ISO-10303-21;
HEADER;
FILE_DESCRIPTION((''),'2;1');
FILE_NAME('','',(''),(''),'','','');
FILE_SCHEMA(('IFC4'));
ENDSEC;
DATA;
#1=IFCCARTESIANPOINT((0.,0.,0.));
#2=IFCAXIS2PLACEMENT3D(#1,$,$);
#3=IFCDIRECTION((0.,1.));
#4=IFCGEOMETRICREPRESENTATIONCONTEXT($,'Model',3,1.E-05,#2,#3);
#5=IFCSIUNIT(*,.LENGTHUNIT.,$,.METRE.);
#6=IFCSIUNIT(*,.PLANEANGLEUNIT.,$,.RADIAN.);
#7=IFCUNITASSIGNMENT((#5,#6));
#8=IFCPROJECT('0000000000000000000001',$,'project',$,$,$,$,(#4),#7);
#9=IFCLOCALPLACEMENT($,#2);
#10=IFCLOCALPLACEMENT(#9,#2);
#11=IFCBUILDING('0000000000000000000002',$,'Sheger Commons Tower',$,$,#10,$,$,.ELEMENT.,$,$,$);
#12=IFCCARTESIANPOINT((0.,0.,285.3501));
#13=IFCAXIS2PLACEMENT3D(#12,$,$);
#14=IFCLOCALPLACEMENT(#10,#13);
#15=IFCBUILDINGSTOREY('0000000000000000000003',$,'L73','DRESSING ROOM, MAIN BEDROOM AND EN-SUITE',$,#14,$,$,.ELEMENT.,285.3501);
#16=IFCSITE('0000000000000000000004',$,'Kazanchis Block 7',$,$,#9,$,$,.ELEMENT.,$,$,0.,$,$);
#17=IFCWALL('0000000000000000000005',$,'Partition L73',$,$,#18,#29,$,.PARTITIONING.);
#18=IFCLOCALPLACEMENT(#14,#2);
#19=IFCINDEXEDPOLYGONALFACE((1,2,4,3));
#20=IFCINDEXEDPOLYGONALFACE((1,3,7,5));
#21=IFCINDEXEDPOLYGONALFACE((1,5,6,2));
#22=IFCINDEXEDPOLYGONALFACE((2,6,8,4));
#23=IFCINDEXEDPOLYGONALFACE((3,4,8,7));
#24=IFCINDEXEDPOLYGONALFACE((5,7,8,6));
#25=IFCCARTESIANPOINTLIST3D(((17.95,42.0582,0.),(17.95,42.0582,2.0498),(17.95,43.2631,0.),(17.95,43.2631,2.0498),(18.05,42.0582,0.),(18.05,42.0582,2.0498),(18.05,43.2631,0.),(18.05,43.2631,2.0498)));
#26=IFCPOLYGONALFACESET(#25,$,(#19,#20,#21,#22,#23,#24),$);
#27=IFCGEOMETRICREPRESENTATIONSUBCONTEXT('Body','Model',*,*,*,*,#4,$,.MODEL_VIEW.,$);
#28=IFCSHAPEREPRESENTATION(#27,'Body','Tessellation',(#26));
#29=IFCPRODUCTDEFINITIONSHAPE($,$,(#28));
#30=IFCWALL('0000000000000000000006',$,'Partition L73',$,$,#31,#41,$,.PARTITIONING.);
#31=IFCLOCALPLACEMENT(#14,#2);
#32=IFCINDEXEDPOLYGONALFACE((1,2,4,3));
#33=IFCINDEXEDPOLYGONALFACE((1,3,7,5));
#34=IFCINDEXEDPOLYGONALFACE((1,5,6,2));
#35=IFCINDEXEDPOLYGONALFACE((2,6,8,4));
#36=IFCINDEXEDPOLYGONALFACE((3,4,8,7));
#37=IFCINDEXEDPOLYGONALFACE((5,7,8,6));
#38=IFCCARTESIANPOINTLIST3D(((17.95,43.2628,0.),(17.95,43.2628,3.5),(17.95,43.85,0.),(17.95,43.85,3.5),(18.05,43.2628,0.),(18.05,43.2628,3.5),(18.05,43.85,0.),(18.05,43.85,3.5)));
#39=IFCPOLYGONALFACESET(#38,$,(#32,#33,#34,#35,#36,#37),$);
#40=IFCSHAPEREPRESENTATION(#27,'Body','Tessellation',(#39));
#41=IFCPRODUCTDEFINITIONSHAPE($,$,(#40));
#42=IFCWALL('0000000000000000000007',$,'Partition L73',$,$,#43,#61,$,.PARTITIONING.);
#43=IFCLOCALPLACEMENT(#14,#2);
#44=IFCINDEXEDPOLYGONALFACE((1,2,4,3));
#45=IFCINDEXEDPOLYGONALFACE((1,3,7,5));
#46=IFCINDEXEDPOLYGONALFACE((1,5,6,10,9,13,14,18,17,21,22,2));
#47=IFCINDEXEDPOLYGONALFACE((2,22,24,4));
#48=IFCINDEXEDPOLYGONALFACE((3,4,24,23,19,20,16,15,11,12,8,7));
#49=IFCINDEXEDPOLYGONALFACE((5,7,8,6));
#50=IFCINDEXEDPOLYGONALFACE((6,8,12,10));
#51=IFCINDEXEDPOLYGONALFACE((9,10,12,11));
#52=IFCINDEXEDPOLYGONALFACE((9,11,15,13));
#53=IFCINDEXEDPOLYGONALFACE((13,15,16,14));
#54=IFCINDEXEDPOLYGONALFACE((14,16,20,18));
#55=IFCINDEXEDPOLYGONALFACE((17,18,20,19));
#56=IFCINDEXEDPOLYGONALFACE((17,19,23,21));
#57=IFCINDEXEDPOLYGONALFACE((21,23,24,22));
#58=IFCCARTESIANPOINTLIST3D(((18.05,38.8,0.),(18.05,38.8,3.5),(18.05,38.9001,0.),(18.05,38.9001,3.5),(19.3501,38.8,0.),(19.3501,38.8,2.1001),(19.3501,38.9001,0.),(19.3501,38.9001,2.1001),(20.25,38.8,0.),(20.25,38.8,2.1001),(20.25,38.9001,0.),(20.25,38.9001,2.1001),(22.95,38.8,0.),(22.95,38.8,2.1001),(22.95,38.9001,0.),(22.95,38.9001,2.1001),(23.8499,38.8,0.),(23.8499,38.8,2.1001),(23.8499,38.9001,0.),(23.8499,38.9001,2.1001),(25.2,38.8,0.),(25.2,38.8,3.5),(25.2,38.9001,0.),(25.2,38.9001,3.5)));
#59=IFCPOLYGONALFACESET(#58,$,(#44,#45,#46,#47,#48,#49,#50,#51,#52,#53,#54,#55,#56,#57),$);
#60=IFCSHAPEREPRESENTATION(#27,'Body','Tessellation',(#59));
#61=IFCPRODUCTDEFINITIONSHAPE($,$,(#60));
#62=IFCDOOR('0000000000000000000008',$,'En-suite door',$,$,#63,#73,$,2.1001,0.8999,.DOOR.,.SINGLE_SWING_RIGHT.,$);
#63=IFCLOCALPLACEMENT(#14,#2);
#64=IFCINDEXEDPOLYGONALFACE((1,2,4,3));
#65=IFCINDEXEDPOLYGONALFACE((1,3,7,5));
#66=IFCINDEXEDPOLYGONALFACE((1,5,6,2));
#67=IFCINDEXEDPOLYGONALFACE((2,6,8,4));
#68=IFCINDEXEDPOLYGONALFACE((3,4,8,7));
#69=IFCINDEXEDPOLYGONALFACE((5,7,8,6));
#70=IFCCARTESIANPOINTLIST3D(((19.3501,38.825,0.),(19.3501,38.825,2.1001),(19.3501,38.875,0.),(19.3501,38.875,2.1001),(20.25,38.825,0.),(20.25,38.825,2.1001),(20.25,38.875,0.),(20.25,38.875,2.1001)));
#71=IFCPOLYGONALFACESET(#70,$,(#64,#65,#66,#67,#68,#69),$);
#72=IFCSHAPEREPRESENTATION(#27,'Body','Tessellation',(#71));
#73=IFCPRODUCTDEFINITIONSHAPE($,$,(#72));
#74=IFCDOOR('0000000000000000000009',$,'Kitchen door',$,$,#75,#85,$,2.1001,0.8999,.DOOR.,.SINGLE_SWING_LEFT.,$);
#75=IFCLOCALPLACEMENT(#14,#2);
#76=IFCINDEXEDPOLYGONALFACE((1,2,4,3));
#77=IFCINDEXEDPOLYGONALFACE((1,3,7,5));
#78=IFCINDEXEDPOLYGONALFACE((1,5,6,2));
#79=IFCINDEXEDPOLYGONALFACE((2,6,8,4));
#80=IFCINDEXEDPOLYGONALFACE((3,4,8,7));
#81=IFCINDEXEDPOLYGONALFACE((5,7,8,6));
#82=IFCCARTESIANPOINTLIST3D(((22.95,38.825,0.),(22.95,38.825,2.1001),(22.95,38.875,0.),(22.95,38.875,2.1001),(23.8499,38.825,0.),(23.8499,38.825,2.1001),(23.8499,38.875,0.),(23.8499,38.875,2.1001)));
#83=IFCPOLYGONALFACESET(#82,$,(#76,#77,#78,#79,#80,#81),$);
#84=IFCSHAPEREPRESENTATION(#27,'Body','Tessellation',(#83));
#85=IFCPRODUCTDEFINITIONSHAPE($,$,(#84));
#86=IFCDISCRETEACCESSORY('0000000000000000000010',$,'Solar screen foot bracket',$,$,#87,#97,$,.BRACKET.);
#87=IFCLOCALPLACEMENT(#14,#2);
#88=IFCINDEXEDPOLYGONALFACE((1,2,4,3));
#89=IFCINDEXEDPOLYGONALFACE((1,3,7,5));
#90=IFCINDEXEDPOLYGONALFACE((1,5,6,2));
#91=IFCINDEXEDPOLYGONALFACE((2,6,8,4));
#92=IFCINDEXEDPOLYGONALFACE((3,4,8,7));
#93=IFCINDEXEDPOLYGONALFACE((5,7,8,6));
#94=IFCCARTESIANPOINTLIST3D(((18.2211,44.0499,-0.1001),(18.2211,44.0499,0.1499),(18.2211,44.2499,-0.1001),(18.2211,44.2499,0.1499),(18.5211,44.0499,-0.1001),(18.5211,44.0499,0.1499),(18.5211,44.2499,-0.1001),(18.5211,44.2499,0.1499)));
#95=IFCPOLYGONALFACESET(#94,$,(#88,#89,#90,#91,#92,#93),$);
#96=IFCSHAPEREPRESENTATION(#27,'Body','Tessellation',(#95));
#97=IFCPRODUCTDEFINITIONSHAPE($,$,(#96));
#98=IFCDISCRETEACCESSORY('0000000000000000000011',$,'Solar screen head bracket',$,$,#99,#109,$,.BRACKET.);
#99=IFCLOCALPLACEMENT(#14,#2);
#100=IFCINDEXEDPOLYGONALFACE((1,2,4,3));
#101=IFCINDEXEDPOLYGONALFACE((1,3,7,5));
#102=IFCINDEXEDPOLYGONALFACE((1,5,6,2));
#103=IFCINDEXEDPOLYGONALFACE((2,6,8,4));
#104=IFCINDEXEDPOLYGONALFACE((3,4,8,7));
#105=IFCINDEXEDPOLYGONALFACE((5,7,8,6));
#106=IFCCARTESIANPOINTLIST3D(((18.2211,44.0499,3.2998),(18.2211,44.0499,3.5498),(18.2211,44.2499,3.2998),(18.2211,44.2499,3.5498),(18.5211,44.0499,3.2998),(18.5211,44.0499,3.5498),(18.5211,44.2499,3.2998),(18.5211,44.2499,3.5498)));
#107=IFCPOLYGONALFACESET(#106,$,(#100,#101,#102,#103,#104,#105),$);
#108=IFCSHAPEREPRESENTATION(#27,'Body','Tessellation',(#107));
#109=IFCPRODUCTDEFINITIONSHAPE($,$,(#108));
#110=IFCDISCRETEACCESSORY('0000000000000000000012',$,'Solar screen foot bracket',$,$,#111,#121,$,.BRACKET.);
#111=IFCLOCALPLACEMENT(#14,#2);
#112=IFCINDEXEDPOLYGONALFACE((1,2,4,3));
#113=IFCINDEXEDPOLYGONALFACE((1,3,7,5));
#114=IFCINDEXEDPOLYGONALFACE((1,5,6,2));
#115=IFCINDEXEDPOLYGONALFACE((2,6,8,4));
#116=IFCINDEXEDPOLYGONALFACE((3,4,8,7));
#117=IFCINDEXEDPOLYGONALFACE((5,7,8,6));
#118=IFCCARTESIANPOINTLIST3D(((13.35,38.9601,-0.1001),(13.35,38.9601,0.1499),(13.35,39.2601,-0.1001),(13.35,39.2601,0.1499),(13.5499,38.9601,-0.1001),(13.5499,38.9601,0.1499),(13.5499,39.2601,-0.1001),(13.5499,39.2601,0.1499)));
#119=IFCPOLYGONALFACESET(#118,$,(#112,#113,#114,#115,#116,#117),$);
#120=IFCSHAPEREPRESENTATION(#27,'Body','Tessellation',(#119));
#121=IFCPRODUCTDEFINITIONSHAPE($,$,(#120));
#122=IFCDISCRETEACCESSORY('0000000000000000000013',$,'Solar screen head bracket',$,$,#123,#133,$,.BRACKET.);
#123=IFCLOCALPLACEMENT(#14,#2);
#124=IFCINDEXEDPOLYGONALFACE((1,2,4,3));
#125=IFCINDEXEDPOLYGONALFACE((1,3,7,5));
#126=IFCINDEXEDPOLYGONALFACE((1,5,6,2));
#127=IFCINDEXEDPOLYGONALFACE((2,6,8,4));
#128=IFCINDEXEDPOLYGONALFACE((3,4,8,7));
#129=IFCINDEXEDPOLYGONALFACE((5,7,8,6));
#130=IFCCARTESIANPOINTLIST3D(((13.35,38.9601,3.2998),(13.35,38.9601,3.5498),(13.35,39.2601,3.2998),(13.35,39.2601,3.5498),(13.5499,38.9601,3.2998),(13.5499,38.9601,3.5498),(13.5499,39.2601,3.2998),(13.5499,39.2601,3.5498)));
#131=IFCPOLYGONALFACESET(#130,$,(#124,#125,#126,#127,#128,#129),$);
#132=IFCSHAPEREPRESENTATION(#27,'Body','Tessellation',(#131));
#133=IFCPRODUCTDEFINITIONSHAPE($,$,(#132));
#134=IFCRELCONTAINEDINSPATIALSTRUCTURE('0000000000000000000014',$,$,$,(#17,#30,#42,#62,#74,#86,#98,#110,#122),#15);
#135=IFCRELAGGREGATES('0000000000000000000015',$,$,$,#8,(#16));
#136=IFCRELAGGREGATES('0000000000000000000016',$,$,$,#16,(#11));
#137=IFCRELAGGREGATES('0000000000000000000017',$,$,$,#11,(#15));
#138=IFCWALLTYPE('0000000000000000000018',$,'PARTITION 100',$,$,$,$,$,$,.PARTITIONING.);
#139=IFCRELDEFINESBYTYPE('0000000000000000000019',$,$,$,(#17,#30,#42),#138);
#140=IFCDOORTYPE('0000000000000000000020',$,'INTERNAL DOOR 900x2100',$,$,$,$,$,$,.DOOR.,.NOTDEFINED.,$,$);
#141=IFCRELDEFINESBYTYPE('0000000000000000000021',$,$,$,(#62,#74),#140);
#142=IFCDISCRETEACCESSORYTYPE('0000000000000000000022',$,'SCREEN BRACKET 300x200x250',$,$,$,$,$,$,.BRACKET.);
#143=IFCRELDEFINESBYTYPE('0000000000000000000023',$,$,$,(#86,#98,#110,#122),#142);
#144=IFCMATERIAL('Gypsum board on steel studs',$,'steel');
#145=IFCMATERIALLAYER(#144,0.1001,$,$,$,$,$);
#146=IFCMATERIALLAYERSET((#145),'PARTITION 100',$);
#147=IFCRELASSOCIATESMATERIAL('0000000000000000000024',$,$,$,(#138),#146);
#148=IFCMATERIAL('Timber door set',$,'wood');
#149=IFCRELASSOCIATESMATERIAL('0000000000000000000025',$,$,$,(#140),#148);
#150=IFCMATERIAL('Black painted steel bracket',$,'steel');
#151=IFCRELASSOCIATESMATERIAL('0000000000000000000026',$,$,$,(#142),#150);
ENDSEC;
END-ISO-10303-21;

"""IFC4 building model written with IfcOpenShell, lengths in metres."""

from ifc_helpers import new_model, si_unit, direction, frame, frame_2d, origin, origin_2d, place, context, subcontext, project, spatial, rectangle, extrude, material, layer, layer_set, type_object, element, fill, save


model = new_model("IFC4")

# Units and contexts
model_context = context("Model", 3, precision=1e-05, world=origin(), true_north=direction((0.0, 1.0)))
body_context = subcontext(model_context, "Body", "Model", "MODEL_VIEW")
ifc_project = project(units=[si_unit("LENGTHUNIT", "METRE"), si_unit("PLANEANGLEUNIT", "RADIAN")], contexts=[model_context])

# Site, building, storey
site_placement = place(None, origin())
site = spatial("IfcSite", under=ifc_project, at=site_placement, Name="Kazanchis Block 7", CompositionType="ELEMENT", RefElevation=0.0)
building_placement = place(site_placement, origin())
building = spatial("IfcBuilding", under=site, at=building_placement, Name="Sheger Commons Tower", CompositionType="ELEMENT")
storey_placement = place(building_placement, frame((0.0, 0.0, 285.3501)))
storey = spatial("IfcBuildingStorey", under=building, at=storey_placement, Name="L73", Description="DRESSING ROOM, MAIN BEDROOM AND EN-SUITE", CompositionType="ELEMENT", Elevation=285.3501)

# Shared definitions
ifc_material_1 = material(Name="Gypsum board on steel studs", Category="steel")
ifc_layer_1 = layer(ifc_material_1, 0.1001)
ifc_layer_set_1 = layer_set([ifc_layer_1], Name="PARTITION 100")
wall_type_1 = type_object("IfcWallType", Name="PARTITION 100", PredefinedType="PARTITIONING", material=ifc_layer_set_1)

# Shared definitions
ifc_material_2 = material(Name="Timber door set", Category="wood")
door_type = type_object("IfcDoorType", Name="INTERNAL DOOR 900x2100", OperationType="NOTDEFINED", PredefinedType="DOOR", material=ifc_material_2)

# Walls
wall_1_placement = place(storey_placement, frame((18.0, 42.0581, 0.0), z_axis=(0.0, 0.0, 1.0), x_axis=(0.0, 1.0, 0.0)))
element("IfcWall", 1, at=wall_1_placement, inside=storey, type_object=wall_type_1, Name="Partition L73", PredefinedType="PARTITIONING", context=body_context, shape_type="SweptSolid", body=[
    extrude(rectangle(XDim=1.2048, YDim=0.1001, at=frame_2d((0.6025, 0.0))), origin(), (0.0, 0.0, 1.0), 2.0498),
])
wall_2_placement = place(storey_placement, frame((18.0, 43.2629, 0.0), z_axis=(0.0, 0.0, 1.0), x_axis=(0.0, 1.0, 0.0)))
element("IfcWall", 2, at=wall_2_placement, inside=storey, type_object=wall_type_1, Name="Partition L73", PredefinedType="PARTITIONING", context=body_context, shape_type="SweptSolid", body=[
    extrude(rectangle(XDim=0.5872, YDim=0.1001, at=frame_2d((0.2935, 0.0))), origin(), (0.0, 0.0, 1.0), 3.5),
])

# Wall, openings, doors
wall_3_placement = place(storey_placement, frame((18.05, 38.8501, 0.0), z_axis=(0.0, 0.0, 1.0), x_axis=(1.0, 0.0, 0.0)))
wall_3 = element("IfcWall", 3, at=wall_3_placement, inside=storey, type_object=wall_type_1, Name="Partition L73", PredefinedType="PARTITIONING", context=body_context, shape_type="SweptSolid", body=[
    extrude(rectangle(XDim=7.1499, YDim=0.1001, at=frame_2d((3.575, 0.0))), origin(), (0.0, 0.0, 1.0), 3.5),
])
opening_1_placement = place(wall_3_placement, frame((1.3, 0.0, 0.0)))
opening_1 = element("IfcOpeningElement", 4, at=opening_1_placement, cuts=wall_3, PredefinedType="OPENING", context=body_context, shape_type="SweptSolid", body=[
    extrude(rectangle(XDim=0.8999, YDim=2.1001, at=frame_2d((0.45, 1.05))), frame((0.0, 0.0601, 0.0), z_axis=(0.0, -1.0, 0.0), x_axis=(1.0, 0.0, 0.0)), (0.0, 0.0, 1.0), 0.1201),
])
opening_2_placement = place(wall_3_placement, frame((4.8999, 0.0, 0.0)))
opening_2 = element("IfcOpeningElement", 5, at=opening_2_placement, cuts=wall_3, PredefinedType="OPENING", context=body_context, shape_type="SweptSolid", body=[
    extrude(rectangle(XDim=0.8999, YDim=2.1001, at=frame_2d((0.45, 1.05))), frame((0.0, 0.0601, 0.0), z_axis=(0.0, -1.0, 0.0), x_axis=(1.0, 0.0, 0.0)), (0.0, 0.0, 1.0), 0.1201),
])
door_1_placement = place(opening_1_placement, origin())
door_1 = element("IfcDoor", 6, at=door_1_placement, inside=storey, type_object=door_type, Name="En-suite door", OperationType="SINGLE_SWING_RIGHT", OverallHeight=2.1001, OverallWidth=0.8999, PredefinedType="DOOR", context=body_context, shape_type="SweptSolid", body=[
    extrude(rectangle(XDim=0.8999, YDim=2.1001, at=frame_2d((0.45, 1.05))), frame((0.0, 0.0249, 0.0), z_axis=(0.0, -1.0, 0.0), x_axis=(1.0, 0.0, 0.0)), (0.0, 0.0, 1.0), 0.05),
])
fill(opening_1, door_1)
door_2_placement = place(opening_2_placement, origin())
door_2 = element("IfcDoor", 7, at=door_2_placement, inside=storey, type_object=door_type, Name="Kitchen door", OperationType="SINGLE_SWING_LEFT", OverallHeight=2.1001, OverallWidth=0.8999, PredefinedType="DOOR", context=body_context, shape_type="SweptSolid", body=[
    extrude(rectangle(XDim=0.8999, YDim=2.1001, at=frame_2d((0.45, 1.05))), frame((0.0, 0.0249, 0.0), z_axis=(0.0, -1.0, 0.0), x_axis=(1.0, 0.0, 0.0)), (0.0, 0.0, 1.0), 0.05),
])
fill(opening_2, door_2)

# Discrete accessories
ifc_material_3 = material(Name="Black painted steel bracket", Category="steel")
discrete_accessory_type = type_object("IfcDiscreteAccessoryType", Name="SCREEN BRACKET 300x200x250", PredefinedType="BRACKET", material=ifc_material_3)
for number, where, z_axis, x_axis, name in (
    (8, (18.3711, 44.1499, -0.1001), (0.0, 0.0, 1.0), (-1.0, 0.0, 0.0), "Solar screen foot bracket"),
    (9, (18.3711, 44.1499, 3.2998), (0.0, 0.0, 1.0), (-1.0, 0.0, 0.0), "Solar screen head bracket"),
    (10, (13.45, 39.1101, -0.1001), (0.0, 0.0, 1.0), (0.0, -1.0, 0.0), "Solar screen foot bracket"),
    (11, (13.45, 39.1101, 3.2998), (0.0, 0.0, 1.0), (0.0, -1.0, 0.0), "Solar screen head bracket"),
):
    element("IfcDiscreteAccessory", number, at=place(storey_placement, frame(where, z_axis=z_axis, x_axis=x_axis)), inside=storey, type_object=discrete_accessory_type, Name=name, PredefinedType="BRACKET", context=body_context, shape_type="SweptSolid", body=[
        extrude(rectangle(XDim=0.3, YDim=0.2, at=origin_2d()), origin(), (0.0, 0.0, 1.0), 0.25),
    ])

save(model, "model.ifc")
